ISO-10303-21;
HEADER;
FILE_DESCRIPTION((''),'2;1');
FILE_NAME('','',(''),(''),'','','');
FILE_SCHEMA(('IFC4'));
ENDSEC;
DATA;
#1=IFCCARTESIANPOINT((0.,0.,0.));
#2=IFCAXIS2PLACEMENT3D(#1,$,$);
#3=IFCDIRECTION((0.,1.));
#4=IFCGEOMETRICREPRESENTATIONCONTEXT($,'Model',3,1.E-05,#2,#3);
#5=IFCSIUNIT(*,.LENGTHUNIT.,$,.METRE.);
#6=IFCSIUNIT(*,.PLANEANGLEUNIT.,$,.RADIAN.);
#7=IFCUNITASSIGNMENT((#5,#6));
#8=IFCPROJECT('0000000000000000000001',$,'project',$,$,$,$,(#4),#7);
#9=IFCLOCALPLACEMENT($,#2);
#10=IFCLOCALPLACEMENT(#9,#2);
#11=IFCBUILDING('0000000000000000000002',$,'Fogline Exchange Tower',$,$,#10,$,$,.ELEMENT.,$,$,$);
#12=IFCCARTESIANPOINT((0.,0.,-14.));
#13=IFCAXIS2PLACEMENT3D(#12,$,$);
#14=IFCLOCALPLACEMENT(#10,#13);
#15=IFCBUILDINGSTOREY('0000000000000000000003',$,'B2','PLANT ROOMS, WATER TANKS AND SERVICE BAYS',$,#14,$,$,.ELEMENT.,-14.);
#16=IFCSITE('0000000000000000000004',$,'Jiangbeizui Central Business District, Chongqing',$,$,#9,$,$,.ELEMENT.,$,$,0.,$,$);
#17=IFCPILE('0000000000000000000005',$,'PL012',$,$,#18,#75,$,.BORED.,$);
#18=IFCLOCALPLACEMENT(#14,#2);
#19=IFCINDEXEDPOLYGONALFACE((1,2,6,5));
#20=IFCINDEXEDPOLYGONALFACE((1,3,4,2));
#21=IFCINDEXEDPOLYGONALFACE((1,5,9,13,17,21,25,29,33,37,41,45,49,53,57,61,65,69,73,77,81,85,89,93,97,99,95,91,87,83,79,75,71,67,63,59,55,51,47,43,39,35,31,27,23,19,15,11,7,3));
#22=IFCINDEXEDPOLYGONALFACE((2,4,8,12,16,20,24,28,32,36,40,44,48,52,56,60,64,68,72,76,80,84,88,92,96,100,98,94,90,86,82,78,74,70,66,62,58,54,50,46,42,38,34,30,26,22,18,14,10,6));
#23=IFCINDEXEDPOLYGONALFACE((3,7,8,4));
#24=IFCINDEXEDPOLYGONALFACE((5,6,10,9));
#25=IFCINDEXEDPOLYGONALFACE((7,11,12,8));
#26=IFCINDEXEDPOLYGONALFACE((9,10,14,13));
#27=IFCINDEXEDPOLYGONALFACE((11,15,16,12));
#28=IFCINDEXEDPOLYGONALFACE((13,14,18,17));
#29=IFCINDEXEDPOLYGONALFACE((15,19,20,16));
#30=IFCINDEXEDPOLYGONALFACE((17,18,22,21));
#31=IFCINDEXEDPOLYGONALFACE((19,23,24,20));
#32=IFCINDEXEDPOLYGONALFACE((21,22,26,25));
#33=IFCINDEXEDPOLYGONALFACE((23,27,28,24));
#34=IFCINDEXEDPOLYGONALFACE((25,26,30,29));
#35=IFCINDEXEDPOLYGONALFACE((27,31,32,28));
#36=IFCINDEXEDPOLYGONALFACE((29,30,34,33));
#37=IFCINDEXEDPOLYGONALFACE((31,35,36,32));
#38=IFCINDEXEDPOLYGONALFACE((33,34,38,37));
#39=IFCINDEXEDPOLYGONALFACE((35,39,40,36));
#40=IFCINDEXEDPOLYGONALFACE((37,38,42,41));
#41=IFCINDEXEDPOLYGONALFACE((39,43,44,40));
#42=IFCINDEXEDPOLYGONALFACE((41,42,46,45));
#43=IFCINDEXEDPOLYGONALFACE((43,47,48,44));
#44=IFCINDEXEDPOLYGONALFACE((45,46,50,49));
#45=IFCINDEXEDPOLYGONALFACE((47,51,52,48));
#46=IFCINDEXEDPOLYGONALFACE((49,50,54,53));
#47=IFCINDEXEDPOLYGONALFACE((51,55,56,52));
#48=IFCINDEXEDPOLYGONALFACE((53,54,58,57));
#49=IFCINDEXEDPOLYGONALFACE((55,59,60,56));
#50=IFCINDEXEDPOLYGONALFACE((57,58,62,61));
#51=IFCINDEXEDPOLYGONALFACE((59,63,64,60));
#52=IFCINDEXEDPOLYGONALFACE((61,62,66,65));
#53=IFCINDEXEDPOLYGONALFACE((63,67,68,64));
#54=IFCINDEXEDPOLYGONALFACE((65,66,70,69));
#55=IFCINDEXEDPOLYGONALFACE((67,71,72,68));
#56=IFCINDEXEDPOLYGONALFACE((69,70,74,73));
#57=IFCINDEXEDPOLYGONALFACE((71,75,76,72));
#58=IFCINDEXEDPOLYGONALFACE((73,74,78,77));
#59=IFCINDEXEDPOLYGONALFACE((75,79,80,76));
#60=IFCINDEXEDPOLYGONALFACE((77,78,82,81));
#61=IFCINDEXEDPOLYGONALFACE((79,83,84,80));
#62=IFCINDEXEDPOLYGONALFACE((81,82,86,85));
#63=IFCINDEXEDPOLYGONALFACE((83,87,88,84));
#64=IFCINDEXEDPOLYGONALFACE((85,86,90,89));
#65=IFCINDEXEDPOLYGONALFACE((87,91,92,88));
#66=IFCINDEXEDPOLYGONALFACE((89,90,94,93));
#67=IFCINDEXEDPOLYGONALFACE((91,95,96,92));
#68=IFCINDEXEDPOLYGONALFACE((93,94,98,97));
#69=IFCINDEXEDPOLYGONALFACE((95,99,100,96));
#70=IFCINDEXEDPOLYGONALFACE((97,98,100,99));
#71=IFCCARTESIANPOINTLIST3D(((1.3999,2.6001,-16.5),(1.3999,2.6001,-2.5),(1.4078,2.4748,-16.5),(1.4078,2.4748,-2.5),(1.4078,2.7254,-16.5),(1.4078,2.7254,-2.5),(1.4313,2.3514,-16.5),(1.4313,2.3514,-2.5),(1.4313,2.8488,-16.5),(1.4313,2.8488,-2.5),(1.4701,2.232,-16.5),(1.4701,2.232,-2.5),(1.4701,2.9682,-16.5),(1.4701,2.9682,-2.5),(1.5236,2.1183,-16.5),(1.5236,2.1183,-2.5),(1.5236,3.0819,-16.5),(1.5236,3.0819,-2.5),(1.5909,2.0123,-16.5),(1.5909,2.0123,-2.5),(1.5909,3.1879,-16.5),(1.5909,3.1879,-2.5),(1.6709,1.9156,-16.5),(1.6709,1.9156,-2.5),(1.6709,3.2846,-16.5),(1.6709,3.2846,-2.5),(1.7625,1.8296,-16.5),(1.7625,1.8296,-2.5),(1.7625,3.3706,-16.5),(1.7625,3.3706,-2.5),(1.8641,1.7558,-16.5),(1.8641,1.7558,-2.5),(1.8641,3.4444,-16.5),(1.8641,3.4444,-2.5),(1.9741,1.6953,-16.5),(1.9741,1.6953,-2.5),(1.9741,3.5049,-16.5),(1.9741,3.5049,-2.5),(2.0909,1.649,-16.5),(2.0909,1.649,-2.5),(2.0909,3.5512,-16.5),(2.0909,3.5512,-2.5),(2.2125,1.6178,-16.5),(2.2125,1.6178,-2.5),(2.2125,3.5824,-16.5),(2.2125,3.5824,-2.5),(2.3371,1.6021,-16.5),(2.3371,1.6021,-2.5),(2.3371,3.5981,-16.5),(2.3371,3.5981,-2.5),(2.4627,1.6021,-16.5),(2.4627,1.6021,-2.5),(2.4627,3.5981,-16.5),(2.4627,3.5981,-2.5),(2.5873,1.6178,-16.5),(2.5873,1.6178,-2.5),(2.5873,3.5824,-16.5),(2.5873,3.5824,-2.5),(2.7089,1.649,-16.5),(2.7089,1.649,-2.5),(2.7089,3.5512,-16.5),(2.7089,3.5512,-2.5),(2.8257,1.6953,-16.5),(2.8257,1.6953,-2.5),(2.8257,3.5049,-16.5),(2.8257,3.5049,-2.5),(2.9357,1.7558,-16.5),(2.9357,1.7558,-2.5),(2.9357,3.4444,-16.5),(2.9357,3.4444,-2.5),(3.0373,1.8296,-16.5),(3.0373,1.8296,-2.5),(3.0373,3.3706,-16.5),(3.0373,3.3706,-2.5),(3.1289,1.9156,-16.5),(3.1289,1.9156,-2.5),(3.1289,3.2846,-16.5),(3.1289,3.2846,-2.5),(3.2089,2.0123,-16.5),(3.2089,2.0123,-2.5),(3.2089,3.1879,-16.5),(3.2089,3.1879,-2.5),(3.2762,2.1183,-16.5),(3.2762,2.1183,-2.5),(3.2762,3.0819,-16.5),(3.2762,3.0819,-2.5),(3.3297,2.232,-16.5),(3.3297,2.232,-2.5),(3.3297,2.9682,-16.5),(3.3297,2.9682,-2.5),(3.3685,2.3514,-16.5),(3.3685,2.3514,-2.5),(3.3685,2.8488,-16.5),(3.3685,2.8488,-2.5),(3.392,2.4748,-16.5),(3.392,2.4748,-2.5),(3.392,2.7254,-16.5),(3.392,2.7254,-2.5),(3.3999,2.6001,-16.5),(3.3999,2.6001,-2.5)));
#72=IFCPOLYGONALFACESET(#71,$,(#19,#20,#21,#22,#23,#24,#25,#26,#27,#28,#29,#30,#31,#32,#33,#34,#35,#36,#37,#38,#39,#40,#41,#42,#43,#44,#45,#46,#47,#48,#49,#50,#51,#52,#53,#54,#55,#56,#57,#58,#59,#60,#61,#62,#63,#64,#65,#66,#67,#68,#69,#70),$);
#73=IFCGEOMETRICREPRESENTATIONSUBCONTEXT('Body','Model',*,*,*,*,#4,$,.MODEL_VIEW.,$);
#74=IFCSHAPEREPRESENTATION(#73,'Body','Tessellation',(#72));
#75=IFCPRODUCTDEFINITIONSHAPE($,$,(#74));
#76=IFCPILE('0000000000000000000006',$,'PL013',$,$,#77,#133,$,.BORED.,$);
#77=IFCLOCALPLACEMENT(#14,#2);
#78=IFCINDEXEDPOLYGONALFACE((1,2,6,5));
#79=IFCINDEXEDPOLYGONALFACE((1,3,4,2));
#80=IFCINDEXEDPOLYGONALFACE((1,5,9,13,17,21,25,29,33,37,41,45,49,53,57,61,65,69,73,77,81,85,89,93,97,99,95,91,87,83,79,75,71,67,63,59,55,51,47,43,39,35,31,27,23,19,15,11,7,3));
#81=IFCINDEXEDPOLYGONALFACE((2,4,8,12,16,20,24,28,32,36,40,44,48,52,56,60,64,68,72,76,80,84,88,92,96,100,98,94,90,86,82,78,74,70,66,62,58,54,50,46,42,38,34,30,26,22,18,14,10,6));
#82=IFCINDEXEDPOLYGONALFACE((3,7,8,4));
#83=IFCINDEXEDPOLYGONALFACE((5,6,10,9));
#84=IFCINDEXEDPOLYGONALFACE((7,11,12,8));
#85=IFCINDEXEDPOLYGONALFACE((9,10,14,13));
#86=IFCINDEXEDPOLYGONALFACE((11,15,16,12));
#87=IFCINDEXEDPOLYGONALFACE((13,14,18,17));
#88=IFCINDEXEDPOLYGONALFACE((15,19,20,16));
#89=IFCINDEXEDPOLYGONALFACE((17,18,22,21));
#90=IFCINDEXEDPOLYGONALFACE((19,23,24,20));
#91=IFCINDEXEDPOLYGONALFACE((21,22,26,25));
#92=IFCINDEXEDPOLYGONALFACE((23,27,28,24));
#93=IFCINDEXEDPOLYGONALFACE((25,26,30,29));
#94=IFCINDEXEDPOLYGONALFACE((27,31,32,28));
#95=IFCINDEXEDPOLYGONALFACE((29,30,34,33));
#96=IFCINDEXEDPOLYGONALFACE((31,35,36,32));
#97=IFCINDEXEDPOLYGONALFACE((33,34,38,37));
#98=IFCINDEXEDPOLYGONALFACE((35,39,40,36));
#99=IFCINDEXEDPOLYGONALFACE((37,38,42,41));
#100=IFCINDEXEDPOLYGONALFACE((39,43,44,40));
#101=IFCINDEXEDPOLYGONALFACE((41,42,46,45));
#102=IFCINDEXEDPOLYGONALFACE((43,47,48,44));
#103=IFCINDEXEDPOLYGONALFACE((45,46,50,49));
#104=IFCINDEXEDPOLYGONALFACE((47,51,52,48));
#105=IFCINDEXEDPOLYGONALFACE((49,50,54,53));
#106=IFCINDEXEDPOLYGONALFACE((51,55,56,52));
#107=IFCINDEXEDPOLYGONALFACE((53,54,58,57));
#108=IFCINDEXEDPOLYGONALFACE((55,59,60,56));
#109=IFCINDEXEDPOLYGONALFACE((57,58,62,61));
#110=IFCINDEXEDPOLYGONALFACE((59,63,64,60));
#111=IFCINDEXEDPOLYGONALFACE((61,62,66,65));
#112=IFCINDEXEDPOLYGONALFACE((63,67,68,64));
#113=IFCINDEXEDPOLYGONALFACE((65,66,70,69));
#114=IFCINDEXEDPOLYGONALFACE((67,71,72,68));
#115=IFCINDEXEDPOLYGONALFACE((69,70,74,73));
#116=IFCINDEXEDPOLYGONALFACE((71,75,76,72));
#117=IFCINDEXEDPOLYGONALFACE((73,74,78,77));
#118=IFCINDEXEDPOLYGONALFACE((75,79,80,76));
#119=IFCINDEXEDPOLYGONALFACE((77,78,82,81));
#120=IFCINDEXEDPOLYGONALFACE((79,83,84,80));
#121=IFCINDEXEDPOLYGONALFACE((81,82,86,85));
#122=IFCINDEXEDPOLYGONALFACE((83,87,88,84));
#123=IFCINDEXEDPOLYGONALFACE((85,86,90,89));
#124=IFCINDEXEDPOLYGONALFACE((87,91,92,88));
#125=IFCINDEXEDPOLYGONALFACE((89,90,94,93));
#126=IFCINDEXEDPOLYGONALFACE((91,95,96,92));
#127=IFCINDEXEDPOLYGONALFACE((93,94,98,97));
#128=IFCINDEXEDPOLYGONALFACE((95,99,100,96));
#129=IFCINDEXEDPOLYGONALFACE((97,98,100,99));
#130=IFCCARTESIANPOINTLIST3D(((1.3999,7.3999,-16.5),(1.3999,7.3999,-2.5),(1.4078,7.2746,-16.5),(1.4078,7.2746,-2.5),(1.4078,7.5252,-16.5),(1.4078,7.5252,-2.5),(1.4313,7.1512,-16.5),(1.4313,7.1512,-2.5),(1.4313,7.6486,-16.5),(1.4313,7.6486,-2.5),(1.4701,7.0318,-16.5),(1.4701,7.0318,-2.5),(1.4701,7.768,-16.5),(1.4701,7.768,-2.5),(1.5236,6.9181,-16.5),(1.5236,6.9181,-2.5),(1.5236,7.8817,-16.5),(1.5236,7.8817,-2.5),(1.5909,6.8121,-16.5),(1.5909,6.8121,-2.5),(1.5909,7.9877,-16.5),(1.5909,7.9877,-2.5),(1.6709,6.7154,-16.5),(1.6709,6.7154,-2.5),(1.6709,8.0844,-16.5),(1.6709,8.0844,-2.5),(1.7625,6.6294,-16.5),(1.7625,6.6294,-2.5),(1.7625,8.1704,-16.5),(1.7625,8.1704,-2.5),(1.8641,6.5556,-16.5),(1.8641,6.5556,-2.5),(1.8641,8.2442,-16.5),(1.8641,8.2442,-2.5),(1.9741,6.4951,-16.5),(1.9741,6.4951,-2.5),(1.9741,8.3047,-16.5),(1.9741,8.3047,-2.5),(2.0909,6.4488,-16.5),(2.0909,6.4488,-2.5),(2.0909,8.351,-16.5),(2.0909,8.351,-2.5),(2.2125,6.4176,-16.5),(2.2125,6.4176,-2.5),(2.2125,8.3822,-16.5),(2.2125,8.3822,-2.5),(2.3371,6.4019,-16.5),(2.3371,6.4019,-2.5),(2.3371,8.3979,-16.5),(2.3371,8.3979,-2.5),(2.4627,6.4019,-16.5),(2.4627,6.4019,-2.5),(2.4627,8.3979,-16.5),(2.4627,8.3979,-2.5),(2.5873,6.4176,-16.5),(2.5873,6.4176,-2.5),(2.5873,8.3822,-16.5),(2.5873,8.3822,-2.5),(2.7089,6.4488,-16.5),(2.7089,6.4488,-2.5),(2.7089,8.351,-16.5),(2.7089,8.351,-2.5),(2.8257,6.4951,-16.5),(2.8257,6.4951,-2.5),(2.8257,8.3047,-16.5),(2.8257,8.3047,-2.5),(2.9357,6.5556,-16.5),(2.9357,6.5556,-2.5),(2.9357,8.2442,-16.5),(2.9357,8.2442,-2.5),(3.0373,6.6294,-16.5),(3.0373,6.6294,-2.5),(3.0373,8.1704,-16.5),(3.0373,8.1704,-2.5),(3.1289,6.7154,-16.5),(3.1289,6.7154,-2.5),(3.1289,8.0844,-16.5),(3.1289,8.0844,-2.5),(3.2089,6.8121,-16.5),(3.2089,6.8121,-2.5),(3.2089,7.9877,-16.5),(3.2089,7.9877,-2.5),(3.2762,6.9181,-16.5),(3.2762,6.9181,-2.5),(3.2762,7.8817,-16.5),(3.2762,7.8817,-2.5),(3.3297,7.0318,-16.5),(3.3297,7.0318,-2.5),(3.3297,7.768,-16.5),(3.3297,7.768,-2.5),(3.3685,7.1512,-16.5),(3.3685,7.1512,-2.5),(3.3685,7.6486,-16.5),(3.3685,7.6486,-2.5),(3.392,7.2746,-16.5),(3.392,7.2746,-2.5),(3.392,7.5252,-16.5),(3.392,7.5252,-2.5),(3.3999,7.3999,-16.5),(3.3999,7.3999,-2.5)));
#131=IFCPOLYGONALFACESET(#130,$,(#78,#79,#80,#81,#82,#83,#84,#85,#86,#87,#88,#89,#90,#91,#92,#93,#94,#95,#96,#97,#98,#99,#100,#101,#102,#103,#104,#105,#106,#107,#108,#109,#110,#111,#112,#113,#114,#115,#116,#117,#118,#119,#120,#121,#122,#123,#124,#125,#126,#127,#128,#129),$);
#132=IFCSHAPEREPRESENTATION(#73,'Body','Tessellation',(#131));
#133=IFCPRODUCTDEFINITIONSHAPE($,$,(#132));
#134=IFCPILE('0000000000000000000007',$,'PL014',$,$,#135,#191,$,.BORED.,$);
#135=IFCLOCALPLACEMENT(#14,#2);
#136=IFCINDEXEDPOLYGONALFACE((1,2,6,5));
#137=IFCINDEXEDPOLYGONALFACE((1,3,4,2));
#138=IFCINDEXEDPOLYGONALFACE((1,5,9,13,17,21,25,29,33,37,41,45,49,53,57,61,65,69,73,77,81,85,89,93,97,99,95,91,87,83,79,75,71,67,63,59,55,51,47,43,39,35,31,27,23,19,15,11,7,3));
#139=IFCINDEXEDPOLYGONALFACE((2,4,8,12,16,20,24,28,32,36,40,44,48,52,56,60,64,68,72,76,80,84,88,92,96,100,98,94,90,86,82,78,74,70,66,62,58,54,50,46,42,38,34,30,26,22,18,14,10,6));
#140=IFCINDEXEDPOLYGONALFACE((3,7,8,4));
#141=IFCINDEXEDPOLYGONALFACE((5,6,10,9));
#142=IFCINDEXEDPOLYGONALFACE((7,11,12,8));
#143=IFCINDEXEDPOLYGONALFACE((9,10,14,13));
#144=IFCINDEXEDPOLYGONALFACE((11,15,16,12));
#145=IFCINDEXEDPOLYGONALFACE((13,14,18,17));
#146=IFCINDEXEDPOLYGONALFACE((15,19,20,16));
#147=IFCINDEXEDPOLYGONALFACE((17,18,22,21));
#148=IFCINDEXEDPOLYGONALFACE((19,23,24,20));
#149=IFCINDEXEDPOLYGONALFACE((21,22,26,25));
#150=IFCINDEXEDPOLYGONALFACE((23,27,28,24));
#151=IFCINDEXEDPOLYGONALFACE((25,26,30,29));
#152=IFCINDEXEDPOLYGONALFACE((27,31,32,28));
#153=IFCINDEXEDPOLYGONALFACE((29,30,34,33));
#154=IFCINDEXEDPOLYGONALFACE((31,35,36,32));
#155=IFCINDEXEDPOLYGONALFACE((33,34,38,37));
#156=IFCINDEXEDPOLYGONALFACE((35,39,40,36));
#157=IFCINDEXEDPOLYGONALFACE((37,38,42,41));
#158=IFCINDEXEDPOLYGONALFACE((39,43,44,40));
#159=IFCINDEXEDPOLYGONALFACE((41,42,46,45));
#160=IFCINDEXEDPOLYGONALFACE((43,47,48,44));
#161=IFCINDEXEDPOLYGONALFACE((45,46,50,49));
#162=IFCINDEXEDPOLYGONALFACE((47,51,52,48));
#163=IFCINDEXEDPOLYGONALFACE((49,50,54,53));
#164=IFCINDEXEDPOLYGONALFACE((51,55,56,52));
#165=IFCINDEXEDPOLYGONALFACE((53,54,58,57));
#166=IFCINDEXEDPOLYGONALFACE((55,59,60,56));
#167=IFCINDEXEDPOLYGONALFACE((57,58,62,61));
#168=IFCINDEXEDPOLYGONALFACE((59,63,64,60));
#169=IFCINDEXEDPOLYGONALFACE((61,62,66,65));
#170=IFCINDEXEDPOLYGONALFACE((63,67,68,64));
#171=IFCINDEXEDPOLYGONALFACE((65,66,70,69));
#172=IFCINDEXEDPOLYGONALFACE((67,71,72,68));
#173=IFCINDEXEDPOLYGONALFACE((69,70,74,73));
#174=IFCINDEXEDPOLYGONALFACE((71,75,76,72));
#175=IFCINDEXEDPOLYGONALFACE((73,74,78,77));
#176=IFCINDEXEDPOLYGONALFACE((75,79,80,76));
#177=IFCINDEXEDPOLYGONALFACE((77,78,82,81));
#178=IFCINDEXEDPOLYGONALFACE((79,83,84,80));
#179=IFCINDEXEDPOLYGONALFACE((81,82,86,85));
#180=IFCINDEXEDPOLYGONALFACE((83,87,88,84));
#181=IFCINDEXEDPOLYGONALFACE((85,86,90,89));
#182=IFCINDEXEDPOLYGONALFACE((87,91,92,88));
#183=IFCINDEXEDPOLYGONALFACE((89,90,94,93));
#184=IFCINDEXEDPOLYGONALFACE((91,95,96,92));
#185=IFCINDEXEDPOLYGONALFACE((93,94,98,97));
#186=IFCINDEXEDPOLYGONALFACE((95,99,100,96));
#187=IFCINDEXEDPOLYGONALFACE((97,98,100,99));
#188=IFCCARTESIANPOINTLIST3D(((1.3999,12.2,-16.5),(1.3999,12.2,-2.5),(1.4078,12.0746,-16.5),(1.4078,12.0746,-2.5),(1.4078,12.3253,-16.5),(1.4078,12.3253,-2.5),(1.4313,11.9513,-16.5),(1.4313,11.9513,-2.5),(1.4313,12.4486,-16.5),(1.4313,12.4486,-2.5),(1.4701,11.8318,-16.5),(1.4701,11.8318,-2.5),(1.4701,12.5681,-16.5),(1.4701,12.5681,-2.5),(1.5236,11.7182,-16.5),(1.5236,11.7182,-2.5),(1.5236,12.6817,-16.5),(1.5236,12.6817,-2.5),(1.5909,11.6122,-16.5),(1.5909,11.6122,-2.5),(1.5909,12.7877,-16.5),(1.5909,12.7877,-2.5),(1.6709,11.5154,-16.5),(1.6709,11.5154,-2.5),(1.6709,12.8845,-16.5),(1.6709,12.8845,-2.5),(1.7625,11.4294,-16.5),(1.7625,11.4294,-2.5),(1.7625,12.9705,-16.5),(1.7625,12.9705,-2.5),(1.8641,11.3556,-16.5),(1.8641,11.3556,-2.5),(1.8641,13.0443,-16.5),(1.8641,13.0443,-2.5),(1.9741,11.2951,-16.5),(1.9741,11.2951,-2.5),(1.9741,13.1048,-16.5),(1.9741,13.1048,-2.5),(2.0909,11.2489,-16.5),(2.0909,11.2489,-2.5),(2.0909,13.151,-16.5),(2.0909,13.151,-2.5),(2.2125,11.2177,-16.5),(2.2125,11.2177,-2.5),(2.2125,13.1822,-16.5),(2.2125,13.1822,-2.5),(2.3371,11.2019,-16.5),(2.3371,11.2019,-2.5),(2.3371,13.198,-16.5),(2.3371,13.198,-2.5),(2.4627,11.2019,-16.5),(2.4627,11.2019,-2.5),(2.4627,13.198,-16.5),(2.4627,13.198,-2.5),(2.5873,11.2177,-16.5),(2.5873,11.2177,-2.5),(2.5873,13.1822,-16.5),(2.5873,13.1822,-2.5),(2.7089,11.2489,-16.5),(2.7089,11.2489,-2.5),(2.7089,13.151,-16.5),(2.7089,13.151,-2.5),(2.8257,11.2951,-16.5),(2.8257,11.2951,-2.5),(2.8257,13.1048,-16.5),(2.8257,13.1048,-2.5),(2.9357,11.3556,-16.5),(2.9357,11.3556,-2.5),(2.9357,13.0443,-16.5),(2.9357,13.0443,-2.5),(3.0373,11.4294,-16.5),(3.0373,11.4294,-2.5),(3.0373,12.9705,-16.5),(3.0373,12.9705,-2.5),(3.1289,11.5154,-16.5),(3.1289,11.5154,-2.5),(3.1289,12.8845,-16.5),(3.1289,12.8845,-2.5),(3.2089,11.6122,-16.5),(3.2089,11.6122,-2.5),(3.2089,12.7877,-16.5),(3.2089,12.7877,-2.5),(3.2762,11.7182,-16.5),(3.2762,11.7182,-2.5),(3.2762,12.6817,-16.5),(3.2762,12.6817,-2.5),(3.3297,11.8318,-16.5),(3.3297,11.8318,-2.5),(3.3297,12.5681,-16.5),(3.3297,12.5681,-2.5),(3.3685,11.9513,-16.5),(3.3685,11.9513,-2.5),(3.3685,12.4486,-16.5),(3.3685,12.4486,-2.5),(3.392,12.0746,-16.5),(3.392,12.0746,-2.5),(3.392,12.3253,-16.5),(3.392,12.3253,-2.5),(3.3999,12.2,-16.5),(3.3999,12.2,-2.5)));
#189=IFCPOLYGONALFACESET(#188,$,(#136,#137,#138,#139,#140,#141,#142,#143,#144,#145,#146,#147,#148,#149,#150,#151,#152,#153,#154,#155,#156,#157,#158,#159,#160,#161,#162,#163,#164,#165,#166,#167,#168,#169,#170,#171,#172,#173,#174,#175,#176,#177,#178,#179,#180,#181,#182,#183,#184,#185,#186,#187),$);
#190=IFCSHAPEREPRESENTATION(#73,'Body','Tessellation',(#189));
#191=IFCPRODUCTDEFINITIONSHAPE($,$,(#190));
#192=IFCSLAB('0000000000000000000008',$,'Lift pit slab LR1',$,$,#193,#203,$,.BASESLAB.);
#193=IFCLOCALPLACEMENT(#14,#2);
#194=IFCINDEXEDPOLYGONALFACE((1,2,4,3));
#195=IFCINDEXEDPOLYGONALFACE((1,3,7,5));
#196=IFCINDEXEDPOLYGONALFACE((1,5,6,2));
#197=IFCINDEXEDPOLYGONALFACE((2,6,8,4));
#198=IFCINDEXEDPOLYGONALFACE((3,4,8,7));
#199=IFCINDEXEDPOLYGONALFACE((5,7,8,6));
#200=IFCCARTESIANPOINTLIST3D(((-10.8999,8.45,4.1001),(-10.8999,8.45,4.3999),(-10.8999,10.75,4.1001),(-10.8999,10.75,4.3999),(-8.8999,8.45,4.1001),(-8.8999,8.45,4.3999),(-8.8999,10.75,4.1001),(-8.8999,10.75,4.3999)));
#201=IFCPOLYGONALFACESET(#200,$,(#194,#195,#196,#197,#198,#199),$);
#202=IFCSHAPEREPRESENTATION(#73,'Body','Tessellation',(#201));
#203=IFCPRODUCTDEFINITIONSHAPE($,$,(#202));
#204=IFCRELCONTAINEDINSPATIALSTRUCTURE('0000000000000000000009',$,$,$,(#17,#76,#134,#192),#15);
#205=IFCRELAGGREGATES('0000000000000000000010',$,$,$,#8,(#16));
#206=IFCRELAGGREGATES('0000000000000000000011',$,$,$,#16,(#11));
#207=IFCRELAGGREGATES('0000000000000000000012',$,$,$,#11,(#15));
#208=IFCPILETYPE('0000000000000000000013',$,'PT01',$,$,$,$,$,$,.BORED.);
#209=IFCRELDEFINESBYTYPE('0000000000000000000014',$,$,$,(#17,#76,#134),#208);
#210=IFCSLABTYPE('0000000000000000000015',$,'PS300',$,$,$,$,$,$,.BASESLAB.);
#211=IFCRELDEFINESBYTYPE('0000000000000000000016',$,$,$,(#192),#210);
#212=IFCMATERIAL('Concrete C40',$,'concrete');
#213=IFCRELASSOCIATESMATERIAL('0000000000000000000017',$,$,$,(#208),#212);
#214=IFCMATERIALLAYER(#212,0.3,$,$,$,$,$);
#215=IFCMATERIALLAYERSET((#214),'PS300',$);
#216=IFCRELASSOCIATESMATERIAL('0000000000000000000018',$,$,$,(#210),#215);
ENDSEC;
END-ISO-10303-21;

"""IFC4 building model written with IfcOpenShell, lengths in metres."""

from ifc_helpers import new_model, si_unit, direction, frame, origin, origin_2d, place, context, subcontext, project, spatial, polyline, circle, outline, extrude, material, layer, layer_set, material_profile, profile_set, type_object, element, save


model = new_model("IFC4")

# Units and contexts
model_context = context("Model", 3, precision=1e-05, world=origin(), true_north=direction((0.0, 1.0)))
body_context = subcontext(model_context, "Body", "Model", "MODEL_VIEW")
ifc_project = project(units=[si_unit("LENGTHUNIT", "METRE"), si_unit("PLANEANGLEUNIT", "RADIAN")], contexts=[model_context])

# Site, building, storey
site_placement = place(None, origin())
site = spatial("IfcSite", under=ifc_project, at=site_placement, Name="Jiangbeizui Central Business District, Chongqing", CompositionType="ELEMENT", RefElevation=0.0)
building_placement = place(site_placement, origin())
building = spatial("IfcBuilding", under=site, at=building_placement, Name="Fogline Exchange Tower", CompositionType="ELEMENT")
storey_placement = place(building_placement, frame((0.0, 0.0, -14.0)))
storey = spatial("IfcBuildingStorey", under=building, at=storey_placement, Name="B2", Description="PLANT ROOMS, WATER TANKS AND SERVICE BAYS", CompositionType="ELEMENT", Elevation=-14.0)

# Piles
ifc_material_1 = material(Name="Concrete C40", Category="concrete")
ifc_material_profile = material_profile(ifc_material_1, circle(Radius=1.0, at=origin_2d()), Name="RC D2000")
ifc_profile_set = profile_set([ifc_material_profile], Name="Concrete C40")
pile_type = type_object("IfcPileType", Name="PT01", PredefinedType="BORED", material=ifc_profile_set)
for number, where, z_axis, x_axis, name in (
    (1, (2.3999, 2.6001, -2.5), (0.0, 0.0, -1.0), (1.0, 0.0, 0.0), "PL012"),
    (2, (2.3999, 7.3999, -2.5), (0.0, 0.0, -1.0), (1.0, 0.0, 0.0), "PL013"),
    (3, (2.3999, 12.2, -2.5), (0.0, 0.0, -1.0), (1.0, 0.0, 0.0), "PL014"),
):
    element("IfcPile", number, at=place(storey_placement, frame(where, z_axis=z_axis, x_axis=x_axis)), inside=storey, type_object=pile_type, Name=name, PredefinedType="BORED", context=body_context, shape_type="SweptSolid", body=[
        extrude(circle(Radius=1.0, at=origin_2d()), origin(), (0.0, 0.0, 1.0), 14.0),
    ])

# Slab
ifc_layer_1 = layer(ifc_material_1, 0.3)
ifc_layer_set_1 = layer_set([ifc_layer_1], Name="PS300")
slab_type_1 = type_object("IfcSlabType", Name="PS300", PredefinedType="BASESLAB", material=ifc_layer_set_1)
slab_1_placement = place(storey_placement, frame((0.0, 0.0, 4.1001)))
element("IfcSlab", 4, at=slab_1_placement, inside=storey, type_object=slab_type_1, Name="Lift pit slab LR1", PredefinedType="BASESLAB", context=body_context, shape_type="SweptSolid", body=[
    extrude(outline(polyline([(-10.8999, 8.45), (-8.8999, 8.45), (-8.8999, 10.75), (-10.8999, 10.75), (-10.8999, 8.45)])), origin(), (0.0, 0.0, 1.0), 0.2998),
])

save(model, "model.ifc")
